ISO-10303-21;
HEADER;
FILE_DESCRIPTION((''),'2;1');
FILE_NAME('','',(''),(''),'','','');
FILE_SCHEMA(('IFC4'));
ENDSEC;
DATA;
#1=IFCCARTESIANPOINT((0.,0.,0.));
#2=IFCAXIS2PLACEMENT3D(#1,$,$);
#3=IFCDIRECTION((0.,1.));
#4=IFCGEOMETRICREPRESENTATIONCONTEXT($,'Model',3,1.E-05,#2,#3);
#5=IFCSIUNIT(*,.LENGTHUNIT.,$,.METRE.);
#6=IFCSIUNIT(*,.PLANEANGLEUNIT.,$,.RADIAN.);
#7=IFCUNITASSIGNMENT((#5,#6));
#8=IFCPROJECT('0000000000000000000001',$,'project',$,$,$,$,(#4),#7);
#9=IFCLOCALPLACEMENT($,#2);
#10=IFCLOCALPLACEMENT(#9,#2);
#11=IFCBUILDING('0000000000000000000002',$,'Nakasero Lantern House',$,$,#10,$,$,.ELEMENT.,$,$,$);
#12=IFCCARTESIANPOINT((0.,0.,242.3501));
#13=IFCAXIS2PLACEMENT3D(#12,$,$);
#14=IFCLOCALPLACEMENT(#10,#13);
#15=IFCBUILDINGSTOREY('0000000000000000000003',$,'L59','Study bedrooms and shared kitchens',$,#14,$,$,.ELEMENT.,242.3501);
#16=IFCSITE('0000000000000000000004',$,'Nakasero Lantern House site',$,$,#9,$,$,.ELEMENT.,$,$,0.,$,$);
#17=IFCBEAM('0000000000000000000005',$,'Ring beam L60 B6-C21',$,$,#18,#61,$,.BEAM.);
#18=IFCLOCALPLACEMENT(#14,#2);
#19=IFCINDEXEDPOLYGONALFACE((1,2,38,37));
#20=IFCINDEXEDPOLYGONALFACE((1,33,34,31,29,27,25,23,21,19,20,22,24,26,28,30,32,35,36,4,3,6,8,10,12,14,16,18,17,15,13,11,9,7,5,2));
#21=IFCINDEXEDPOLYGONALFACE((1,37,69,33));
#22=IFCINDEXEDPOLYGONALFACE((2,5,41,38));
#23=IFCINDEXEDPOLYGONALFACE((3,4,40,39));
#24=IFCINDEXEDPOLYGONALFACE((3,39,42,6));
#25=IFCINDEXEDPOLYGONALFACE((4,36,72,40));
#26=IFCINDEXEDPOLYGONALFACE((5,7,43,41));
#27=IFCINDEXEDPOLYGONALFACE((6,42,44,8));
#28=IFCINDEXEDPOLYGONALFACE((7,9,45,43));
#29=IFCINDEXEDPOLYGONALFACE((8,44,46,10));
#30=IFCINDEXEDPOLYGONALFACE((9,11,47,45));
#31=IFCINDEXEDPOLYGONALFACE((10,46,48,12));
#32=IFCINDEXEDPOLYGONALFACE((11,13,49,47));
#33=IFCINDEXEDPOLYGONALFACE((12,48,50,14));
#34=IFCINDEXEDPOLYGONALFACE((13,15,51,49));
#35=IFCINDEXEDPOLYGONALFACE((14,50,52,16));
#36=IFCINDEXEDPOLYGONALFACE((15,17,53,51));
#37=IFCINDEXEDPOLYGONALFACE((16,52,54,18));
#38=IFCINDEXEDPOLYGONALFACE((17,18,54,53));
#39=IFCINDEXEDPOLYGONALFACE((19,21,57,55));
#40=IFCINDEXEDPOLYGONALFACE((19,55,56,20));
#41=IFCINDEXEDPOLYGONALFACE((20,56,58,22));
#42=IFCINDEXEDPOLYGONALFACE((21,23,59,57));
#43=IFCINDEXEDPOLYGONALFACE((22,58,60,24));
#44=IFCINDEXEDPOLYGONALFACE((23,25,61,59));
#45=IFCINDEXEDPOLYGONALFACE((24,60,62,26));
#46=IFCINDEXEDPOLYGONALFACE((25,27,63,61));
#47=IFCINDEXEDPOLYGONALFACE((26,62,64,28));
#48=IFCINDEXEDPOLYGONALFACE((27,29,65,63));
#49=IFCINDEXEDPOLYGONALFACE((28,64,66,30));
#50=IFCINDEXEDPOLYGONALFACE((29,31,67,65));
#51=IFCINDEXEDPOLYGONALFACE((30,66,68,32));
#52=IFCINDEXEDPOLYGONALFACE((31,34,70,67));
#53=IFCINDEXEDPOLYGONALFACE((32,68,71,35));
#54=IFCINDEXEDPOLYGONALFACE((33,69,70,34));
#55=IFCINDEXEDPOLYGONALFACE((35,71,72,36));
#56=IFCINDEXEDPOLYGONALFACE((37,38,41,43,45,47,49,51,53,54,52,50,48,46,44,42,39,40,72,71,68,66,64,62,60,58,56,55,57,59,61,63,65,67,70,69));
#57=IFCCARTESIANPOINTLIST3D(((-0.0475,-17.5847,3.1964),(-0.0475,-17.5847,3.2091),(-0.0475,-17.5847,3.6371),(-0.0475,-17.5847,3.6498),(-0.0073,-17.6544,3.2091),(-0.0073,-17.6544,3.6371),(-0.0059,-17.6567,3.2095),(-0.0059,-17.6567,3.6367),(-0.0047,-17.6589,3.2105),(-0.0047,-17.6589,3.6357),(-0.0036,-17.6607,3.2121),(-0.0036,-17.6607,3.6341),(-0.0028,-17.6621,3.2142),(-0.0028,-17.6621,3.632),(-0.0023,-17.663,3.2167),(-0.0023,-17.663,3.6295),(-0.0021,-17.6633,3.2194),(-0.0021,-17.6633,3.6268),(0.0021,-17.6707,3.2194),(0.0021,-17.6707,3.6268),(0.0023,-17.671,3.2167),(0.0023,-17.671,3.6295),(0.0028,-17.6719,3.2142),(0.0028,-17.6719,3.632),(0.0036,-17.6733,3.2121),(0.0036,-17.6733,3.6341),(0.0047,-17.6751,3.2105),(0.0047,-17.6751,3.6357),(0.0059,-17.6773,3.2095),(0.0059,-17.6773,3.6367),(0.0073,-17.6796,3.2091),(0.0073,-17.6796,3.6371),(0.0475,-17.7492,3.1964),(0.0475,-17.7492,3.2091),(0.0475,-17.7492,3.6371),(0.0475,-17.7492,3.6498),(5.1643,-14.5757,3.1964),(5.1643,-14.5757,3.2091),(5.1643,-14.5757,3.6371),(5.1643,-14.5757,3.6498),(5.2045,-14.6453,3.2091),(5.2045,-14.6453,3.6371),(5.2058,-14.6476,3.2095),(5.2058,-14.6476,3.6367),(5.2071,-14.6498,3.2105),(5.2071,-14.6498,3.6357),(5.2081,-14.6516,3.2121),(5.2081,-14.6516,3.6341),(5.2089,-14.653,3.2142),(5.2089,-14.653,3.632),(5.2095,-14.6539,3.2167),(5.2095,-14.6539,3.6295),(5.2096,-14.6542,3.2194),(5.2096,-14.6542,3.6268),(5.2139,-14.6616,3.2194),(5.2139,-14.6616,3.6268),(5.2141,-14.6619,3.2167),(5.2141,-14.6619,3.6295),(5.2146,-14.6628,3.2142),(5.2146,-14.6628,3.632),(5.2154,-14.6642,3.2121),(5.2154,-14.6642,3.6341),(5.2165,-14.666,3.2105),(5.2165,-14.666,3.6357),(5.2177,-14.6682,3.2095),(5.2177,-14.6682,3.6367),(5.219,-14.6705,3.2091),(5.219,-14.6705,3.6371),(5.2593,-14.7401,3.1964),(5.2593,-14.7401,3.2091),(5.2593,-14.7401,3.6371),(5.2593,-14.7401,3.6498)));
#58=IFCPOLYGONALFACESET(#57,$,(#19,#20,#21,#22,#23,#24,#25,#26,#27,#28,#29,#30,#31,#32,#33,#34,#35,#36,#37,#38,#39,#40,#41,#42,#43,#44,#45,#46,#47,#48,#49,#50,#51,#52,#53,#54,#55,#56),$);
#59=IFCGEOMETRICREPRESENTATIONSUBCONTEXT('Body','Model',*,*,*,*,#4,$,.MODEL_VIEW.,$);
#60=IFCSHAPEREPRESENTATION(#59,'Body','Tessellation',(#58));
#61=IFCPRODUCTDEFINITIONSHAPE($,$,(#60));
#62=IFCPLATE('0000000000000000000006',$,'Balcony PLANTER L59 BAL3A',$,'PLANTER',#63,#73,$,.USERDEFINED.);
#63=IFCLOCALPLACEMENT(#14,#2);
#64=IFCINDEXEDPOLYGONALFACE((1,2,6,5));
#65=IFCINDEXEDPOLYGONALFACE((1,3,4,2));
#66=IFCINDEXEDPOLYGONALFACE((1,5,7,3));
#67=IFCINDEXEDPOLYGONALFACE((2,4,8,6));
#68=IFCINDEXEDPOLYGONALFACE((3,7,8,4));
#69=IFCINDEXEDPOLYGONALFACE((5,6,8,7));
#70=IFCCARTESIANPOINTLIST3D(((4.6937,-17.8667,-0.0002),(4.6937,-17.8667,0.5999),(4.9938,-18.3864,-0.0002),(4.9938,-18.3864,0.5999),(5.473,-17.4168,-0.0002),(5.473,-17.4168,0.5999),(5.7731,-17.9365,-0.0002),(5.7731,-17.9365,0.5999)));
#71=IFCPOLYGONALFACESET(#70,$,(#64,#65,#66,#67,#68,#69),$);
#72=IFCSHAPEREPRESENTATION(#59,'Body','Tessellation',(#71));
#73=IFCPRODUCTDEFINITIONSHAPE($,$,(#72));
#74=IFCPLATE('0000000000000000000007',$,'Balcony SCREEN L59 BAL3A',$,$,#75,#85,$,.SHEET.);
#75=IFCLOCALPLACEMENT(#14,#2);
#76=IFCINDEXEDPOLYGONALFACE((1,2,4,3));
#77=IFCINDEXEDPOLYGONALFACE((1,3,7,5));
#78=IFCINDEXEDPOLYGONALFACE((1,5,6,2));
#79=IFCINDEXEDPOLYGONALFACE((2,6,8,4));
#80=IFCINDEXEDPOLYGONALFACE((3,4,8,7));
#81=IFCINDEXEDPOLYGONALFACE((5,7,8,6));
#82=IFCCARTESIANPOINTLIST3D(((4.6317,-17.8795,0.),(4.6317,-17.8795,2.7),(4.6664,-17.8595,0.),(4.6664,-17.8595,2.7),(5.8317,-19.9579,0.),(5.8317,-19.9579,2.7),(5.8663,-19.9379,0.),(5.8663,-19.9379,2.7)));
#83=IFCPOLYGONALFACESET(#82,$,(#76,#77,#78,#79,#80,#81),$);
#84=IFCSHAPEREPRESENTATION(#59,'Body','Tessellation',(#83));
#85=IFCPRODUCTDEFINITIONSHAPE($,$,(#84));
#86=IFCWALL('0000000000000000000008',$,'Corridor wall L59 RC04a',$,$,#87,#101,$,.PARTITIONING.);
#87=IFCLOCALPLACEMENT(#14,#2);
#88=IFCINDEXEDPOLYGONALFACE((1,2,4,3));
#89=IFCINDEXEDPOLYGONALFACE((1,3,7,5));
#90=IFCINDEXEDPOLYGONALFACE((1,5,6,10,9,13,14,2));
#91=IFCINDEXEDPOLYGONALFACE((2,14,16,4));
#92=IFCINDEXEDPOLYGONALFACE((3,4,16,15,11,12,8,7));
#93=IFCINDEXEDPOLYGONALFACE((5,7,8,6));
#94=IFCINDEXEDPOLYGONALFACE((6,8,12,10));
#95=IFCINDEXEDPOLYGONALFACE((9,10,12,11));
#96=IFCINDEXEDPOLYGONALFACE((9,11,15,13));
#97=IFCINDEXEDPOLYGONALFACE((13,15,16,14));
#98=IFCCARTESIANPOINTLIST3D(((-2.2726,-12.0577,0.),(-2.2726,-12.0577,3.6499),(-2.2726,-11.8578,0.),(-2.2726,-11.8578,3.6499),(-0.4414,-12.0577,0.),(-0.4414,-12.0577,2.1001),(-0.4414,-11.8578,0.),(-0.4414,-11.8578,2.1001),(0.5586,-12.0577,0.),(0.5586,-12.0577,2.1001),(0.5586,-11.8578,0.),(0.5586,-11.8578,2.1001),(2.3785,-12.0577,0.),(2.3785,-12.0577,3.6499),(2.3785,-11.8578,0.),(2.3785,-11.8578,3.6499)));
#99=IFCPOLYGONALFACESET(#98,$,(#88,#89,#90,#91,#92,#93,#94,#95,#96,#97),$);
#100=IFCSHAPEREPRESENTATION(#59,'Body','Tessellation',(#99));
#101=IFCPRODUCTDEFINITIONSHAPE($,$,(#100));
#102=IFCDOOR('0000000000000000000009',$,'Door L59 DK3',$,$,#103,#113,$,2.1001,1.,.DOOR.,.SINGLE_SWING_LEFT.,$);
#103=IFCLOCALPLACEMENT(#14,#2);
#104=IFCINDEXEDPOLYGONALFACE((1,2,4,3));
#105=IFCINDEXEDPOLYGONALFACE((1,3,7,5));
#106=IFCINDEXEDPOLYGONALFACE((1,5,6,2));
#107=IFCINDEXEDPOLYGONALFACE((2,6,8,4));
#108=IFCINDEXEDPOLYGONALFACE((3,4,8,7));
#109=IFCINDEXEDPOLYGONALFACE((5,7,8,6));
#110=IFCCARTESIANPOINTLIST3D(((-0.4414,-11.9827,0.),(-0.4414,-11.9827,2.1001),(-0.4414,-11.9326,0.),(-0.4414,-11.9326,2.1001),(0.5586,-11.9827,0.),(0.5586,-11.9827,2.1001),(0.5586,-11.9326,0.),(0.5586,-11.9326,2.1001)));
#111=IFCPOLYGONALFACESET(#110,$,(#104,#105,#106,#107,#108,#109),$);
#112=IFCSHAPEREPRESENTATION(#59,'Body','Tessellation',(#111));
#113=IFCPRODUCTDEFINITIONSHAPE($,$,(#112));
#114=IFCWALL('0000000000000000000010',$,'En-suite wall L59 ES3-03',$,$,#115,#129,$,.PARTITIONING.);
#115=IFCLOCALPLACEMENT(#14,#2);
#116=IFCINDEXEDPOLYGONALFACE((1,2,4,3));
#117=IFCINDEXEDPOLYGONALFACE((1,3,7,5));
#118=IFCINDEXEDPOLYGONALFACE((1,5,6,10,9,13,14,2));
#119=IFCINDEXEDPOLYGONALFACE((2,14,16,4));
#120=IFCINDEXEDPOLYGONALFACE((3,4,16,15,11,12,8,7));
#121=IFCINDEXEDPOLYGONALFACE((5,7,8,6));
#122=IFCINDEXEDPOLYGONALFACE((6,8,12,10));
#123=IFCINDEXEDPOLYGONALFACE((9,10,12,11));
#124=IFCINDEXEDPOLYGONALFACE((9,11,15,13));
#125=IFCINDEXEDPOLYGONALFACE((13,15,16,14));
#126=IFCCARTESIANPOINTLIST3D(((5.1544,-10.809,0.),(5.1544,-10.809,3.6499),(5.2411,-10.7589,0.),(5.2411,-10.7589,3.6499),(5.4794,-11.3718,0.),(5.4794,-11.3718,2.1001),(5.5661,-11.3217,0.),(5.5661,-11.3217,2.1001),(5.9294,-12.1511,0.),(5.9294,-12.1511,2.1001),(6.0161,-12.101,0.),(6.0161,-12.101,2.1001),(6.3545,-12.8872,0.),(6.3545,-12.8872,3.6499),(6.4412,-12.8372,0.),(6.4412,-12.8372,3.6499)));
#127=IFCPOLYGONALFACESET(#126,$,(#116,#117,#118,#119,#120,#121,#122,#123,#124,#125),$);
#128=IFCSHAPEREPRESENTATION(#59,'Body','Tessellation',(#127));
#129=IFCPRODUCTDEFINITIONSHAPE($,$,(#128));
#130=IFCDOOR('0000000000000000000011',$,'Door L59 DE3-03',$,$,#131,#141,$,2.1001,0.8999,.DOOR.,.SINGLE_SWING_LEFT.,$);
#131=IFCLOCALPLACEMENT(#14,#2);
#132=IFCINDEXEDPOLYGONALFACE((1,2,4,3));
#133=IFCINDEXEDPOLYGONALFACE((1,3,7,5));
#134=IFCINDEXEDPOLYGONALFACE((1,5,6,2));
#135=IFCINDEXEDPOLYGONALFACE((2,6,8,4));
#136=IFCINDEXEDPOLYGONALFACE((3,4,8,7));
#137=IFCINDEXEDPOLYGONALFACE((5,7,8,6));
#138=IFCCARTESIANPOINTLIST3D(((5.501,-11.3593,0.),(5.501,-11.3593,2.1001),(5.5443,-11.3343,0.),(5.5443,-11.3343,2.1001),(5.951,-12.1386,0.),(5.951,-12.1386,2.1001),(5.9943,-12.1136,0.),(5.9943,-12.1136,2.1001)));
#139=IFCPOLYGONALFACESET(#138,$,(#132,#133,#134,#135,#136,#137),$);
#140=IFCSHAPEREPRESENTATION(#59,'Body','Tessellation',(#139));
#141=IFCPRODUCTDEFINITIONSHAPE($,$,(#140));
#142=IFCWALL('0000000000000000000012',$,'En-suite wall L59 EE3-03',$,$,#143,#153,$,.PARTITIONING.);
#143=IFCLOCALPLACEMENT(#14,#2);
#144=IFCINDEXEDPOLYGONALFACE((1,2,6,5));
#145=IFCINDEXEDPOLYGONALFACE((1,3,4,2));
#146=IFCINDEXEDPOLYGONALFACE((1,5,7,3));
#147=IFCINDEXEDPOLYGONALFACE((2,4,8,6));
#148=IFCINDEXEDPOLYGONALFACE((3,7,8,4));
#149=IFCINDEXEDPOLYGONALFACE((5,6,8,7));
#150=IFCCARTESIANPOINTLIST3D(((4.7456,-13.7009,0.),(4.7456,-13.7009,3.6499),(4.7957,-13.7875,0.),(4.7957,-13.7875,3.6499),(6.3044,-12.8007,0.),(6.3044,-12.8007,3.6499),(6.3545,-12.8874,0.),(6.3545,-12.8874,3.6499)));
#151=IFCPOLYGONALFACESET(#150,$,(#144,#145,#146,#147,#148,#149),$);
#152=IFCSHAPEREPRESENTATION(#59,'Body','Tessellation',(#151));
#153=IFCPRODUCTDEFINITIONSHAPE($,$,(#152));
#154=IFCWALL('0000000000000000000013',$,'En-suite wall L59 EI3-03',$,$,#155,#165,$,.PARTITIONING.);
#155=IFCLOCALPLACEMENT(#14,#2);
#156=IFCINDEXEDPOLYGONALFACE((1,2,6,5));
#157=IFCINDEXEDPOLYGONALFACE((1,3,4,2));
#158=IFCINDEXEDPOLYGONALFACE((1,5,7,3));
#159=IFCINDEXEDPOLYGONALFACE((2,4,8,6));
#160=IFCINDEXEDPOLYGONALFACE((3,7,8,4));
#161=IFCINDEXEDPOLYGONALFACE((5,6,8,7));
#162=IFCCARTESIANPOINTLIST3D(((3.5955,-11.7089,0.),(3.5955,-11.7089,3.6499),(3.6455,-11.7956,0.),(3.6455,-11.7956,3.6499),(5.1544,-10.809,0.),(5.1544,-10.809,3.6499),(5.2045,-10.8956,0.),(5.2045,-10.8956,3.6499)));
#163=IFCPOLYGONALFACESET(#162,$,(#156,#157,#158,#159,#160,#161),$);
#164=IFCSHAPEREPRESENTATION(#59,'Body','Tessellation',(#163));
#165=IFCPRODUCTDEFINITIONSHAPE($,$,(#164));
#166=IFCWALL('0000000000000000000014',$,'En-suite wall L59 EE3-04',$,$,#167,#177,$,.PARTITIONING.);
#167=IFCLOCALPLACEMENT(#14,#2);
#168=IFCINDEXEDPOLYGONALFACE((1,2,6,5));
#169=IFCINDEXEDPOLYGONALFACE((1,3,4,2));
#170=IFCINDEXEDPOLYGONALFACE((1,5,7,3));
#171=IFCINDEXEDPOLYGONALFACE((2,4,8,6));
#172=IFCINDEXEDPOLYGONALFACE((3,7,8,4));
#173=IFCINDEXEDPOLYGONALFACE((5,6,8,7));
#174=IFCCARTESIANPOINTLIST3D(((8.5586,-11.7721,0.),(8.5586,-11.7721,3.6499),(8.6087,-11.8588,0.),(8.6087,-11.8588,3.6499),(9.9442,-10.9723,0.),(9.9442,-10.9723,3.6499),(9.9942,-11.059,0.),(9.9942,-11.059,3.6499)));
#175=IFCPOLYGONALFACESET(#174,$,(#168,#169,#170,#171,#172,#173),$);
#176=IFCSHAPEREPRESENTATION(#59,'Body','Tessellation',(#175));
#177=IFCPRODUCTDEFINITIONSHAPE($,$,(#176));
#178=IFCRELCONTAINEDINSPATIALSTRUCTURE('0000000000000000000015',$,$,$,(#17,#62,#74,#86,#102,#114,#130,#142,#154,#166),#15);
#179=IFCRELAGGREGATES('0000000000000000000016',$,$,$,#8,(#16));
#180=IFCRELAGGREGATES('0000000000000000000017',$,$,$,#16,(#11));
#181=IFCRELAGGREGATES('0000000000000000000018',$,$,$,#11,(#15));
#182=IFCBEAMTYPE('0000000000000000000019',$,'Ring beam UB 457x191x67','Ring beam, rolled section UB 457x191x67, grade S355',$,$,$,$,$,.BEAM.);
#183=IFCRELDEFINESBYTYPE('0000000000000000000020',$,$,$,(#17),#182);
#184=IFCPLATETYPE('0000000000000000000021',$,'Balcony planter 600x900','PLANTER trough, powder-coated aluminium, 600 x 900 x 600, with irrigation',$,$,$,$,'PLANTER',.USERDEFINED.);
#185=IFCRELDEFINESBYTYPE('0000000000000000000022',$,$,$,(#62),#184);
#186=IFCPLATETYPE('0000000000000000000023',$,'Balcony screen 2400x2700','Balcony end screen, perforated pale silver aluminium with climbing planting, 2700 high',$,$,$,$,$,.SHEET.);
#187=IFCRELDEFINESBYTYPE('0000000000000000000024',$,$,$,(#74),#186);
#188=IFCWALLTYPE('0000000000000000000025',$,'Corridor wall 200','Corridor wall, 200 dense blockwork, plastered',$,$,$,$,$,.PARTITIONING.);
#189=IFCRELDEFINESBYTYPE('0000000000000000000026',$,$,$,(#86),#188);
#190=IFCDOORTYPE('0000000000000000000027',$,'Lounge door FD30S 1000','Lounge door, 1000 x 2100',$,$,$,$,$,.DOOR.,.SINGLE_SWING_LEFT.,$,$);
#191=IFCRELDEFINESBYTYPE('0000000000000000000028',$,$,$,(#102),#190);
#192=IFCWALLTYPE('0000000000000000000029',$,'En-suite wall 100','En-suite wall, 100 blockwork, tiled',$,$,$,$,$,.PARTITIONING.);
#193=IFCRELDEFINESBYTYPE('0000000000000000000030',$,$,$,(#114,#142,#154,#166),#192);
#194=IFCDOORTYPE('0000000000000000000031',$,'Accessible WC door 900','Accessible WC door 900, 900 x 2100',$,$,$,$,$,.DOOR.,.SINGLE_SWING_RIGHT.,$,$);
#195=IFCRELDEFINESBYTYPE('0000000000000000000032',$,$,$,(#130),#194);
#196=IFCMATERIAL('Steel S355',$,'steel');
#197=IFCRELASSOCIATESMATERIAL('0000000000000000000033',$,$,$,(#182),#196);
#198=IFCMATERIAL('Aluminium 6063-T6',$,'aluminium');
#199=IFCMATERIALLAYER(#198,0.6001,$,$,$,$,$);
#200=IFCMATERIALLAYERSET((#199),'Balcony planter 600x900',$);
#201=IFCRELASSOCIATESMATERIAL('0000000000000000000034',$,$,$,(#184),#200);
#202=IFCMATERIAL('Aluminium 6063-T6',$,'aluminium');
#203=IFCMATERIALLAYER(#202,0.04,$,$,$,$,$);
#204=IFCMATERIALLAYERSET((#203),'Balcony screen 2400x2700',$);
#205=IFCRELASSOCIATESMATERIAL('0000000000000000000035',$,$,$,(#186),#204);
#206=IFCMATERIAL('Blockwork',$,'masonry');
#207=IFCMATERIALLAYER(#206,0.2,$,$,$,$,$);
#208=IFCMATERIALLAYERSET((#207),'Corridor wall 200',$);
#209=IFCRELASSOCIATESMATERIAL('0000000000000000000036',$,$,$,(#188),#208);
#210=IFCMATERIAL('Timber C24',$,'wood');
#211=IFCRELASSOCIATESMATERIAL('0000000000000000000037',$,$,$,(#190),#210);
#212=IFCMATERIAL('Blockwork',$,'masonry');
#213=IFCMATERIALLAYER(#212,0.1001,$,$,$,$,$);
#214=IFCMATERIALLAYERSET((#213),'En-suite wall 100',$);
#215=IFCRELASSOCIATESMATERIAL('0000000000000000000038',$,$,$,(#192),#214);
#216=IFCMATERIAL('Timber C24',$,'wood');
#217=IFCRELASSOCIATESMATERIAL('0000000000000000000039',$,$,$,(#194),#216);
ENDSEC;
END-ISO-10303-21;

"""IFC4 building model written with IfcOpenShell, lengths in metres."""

from ifc_helpers import new_model, si_unit, direction, frame, frame_2d, origin, origin_2d, place, context, subcontext, project, spatial, rectangle, i_section, extrude, material, layer, layer_set, material_profile, profile_set, type_object, element, fill, save


model = new_model("IFC4")

# Units and contexts
model_context = context("Model", 3, precision=1e-05, world=origin(), true_north=direction((0.0, 1.0)))
body_context = subcontext(model_context, "Body", "Model", "MODEL_VIEW")
ifc_project = project(units=[si_unit("LENGTHUNIT", "METRE"), si_unit("PLANEANGLEUNIT", "RADIAN")], contexts=[model_context])

# Site, building, storey
site_placement = place(None, origin())
site = spatial("IfcSite", under=ifc_project, at=site_placement, Name="Nakasero Lantern House site", CompositionType="ELEMENT", RefElevation=0.0)
building_placement = place(site_placement, origin())
building = spatial("IfcBuilding", under=site, at=building_placement, Name="Nakasero Lantern House", CompositionType="ELEMENT")
storey_placement = place(building_placement, frame((0.0, 0.0, 242.3501)))
storey = spatial("IfcBuildingStorey", under=building, at=storey_placement, Name="L59", Description="Study bedrooms and shared kitchens", CompositionType="ELEMENT", Elevation=242.3501)

# Beam
ifc_material_1 = material(Name="Steel S355", Category="steel")
ifc_material_profile_1 = material_profile(ifc_material_1, i_section(OverallWidth=0.1899, OverallDepth=0.4534, WebThickness=0.0085, FlangeThickness=0.0127, FilletRadius=0.0103, at=origin_2d()), Name="UB 457x191x67")
ifc_profile_set_1 = profile_set([ifc_material_profile_1], Name="Steel S355")
beam_type_1 = type_object("IfcBeamType", Name="Ring beam UB 457x191x67", Description="Ring beam, rolled section UB 457x191x67, grade S355", PredefinedType="BEAM", material=ifc_profile_set_1)
beam_1_placement = place(storey_placement, frame((0.0, -17.667, 3.4231), z_axis=(0.86602, 0.500009, 0.0), x_axis=(-0.500009, 0.86602, 0.0)))
element("IfcBeam", 1, at=beam_1_placement, inside=storey, type_object=beam_type_1, Name="Ring beam L60 B6-C21", PredefinedType="BEAM", context=body_context, shape_type="SweptSolid", body=[
    extrude(i_section(OverallWidth=0.1899, OverallDepth=0.4534, WebThickness=0.0085, FlangeThickness=0.0127, FilletRadius=0.0103, at=origin_2d()), origin(), (0.0, 0.0, 1.0), 6.0181),
])

# Plates
ifc_material_2 = material(Name="Aluminium 6063-T6", Category="aluminium")
ifc_layer_1 = layer(ifc_material_2, 0.6001)
ifc_layer_set_1 = layer_set([ifc_layer_1], Name="Balcony planter 600x900")
plate_type_1 = type_object("IfcPlateType", Name="Balcony planter 600x900", Description="PLANTER trough, powder-coated aluminium, 600 x 900 x 600, with irrigation", ElementType="PLANTER", PredefinedType="USERDEFINED", material=ifc_layer_set_1)
plate_1_placement = place(storey_placement, frame((5.2334, -17.9016, -0.0002), z_axis=(0.0, 0.0, 1.0), x_axis=(0.5, -0.866025, 0.0)))
element("IfcPlate", 2, at=plate_1_placement, inside=storey, type_object=plate_type_1, Name="Balcony PLANTER L59 BAL3A", ObjectType="PLANTER", PredefinedType="USERDEFINED", context=body_context, shape_type="SweptSolid", body=[
    extrude(rectangle(XDim=0.6001, YDim=0.8999, at=origin_2d()), origin(), (0.0, 0.0, 1.0), 0.6001),
])
ifc_material_3 = material(Name="Aluminium 6063-T6", Category="aluminium")
ifc_layer_2 = layer(ifc_material_3, 0.04)
ifc_layer_set_2 = layer_set([ifc_layer_2], Name="Balcony screen 2400x2700")
plate_type_2 = type_object("IfcPlateType", Name="Balcony screen 2400x2700", Description="Balcony end screen, perforated pale silver aluminium with climbing planting, 2700 high", PredefinedType="SHEET", material=ifc_layer_set_2)
plate_2_placement = place(storey_placement, frame((5.249, -18.9087, 0.0), z_axis=(0.0, 0.0, 1.0), x_axis=(0.5, -0.866025, 0.0)))
element("IfcPlate", 3, at=plate_2_placement, inside=storey, type_object=plate_type_2, Name="Balcony SCREEN L59 BAL3A", PredefinedType="SHEET", context=body_context, shape_type="SweptSolid", body=[
    extrude(rectangle(XDim=2.3999, YDim=0.04, at=origin_2d()), origin(), (0.0, 0.0, 1.0), 2.7),
])

# Walls, openings, doors
ifc_material_4 = material(Name="Blockwork", Category="masonry")
ifc_layer_3 = layer(ifc_material_4, 0.2)
ifc_layer_set_3 = layer_set([ifc_layer_3], Name="Corridor wall 200")
wall_type_1 = type_object("IfcWallType", Name="Corridor wall 200", Description="Corridor wall, 200 dense blockwork, plastered", PredefinedType="PARTITIONING", material=ifc_layer_set_3)
wall_1_placement = place(storey_placement, frame((2.3787, -11.9578, 0.0), z_axis=(0.0, 0.0, 1.0), x_axis=(-1.0, 0.0, 0.0)))
wall_1 = element("IfcWall", 4, at=wall_1_placement, inside=storey, type_object=wall_type_1, Name="Corridor wall L59 RC04a", PredefinedType="PARTITIONING", context=body_context, shape_type="SweptSolid", body=[
    extrude(rectangle(XDim=4.6511, YDim=0.2, at=frame_2d((2.3257, 0.0))), origin(), (0.0, 0.0, 1.0), 3.6499),
])
opening_1_placement = place(wall_1_placement, frame((1.8201, 0.0, 0.0)))
opening_1 = element("IfcOpeningElement", 5, at=opening_1_placement, cuts=wall_1, PredefinedType="OPENING", context=body_context, shape_type="SweptSolid", body=[
    extrude(rectangle(XDim=1.0, YDim=2.1001, at=frame_2d((0.5, 1.05))), frame((0.0, 0.1199, 0.0), z_axis=(0.0, -1.0, 0.0), x_axis=(1.0, 0.0, 0.0)), (0.0, 0.0, 1.0), 0.24),
])
ifc_material_5 = material(Name="Timber C24", Category="wood")
door_type_1 = type_object("IfcDoorType", Name="Lounge door FD30S 1000", Description="Lounge door, 1000 x 2100", OperationType="SINGLE_SWING_LEFT", PredefinedType="DOOR", material=ifc_material_5)
door_1_placement = place(opening_1_placement, origin())
door_1 = element("IfcDoor", 6, at=door_1_placement, inside=storey, type_object=door_type_1, Name="Door L59 DK3", OperationType="SINGLE_SWING_LEFT", OverallHeight=2.1001, OverallWidth=1.0, PredefinedType="DOOR", context=body_context, shape_type="SweptSolid", body=[
    extrude(rectangle(XDim=1.0, YDim=2.1001, at=frame_2d((0.5, 1.05))), frame((0.0, 0.0249, 0.0), z_axis=(0.0, -1.0, 0.0), x_axis=(1.0, 0.0, 0.0)), (0.0, 0.0, 1.0), 0.05),
])
fill(opening_1, door_1)
ifc_material_6 = material(Name="Blockwork", Category="masonry")
ifc_layer_4 = layer(ifc_material_6, 0.1001)
ifc_layer_set_4 = layer_set([ifc_layer_4], Name="En-suite wall 100")
wall_type_2 = type_object("IfcWallType", Name="En-suite wall 100", Description="En-suite wall, 100 blockwork, tiled", PredefinedType="PARTITIONING", material=ifc_layer_set_4)
wall_2_placement = place(storey_placement, frame((5.1978, -10.7839, 0.0), z_axis=(0.0, 0.0, 1.0), x_axis=(0.500078, -0.865981, 0.0)))
wall_2 = element("IfcWall", 7, at=wall_2_placement, inside=storey, type_object=wall_type_2, Name="En-suite wall L59 ES3-03", PredefinedType="PARTITIONING", context=body_context, shape_type="SweptSolid", body=[
    extrude(rectangle(XDim=2.3999, YDim=0.1001, at=frame_2d((1.2, 0.0))), origin(), (0.0, 0.0, 1.0), 3.6499),
])
opening_2_placement = place(wall_2_placement, frame((0.6499, 0.0, 0.0)))
opening_2 = element("IfcOpeningElement", 8, at=opening_2_placement, cuts=wall_2, PredefinedType="OPENING", context=body_context, shape_type="SweptSolid", body=[
    extrude(rectangle(XDim=0.8999, YDim=2.1001, at=frame_2d((0.45, 1.05))), frame((0.0, 0.0701, 0.0), z_axis=(0.0, -1.0, 0.0), x_axis=(1.0, 0.0, 0.0)), (0.0, 0.0, 1.0), 0.1401),
])
ifc_material_7 = material(Name="Timber C24", Category="wood")
door_type_2 = type_object("IfcDoorType", Name="Accessible WC door 900", Description="Accessible WC door 900, 900 x 2100", OperationType="SINGLE_SWING_RIGHT", PredefinedType="DOOR", material=ifc_material_7)
door_2_placement = place(opening_2_placement, origin())
door_2 = element("IfcDoor", 9, at=door_2_placement, inside=storey, type_object=door_type_2, Name="Door L59 DE3-03", OperationType="SINGLE_SWING_LEFT", OverallHeight=2.1001, OverallWidth=0.8999, PredefinedType="DOOR", context=body_context, shape_type="SweptSolid", body=[
    extrude(rectangle(XDim=0.8999, YDim=2.1001, at=frame_2d((0.45, 1.05))), frame((0.0, 0.0249, 0.0), z_axis=(0.0, -1.0, 0.0), x_axis=(1.0, 0.0, 0.0)), (0.0, 0.0, 1.0), 0.05),
])
fill(opening_2, door_2)

# Walls
for number, where, z_axis, x_axis, name in (
    (10, (4.7708, -13.7441, 0.0), (0.0, 0.0, 1.0), (0.865989, 0.500063, 0.0), "En-suite wall L59 EE3-03"),
    (11, (3.6206, -11.7522, 0.0), (0.0, 0.0, 1.0), (0.866048, 0.499961, 0.0), "En-suite wall L59 EI3-03"),
):
    element("IfcWall", number, at=place(storey_placement, frame(where, z_axis=z_axis, x_axis=x_axis)), inside=storey, type_object=wall_type_2, Name=name, PredefinedType="PARTITIONING", context=body_context, shape_type="SweptSolid", body=[
        extrude(rectangle(XDim=1.8, YDim=0.1001, at=frame_2d((0.8999, 0.0))), origin(), (0.0, 0.0, 1.0), 3.6499),
    ])
wall_3_placement = place(storey_placement, frame((8.5837, -11.8154, 0.0), z_axis=(0.0, 0.0, 1.0), x_axis=(0.866056, 0.499947, 0.0)))
element("IfcWall", 12, at=wall_3_placement, inside=storey, type_object=wall_type_2, Name="En-suite wall L59 EE3-04", PredefinedType="PARTITIONING", context=body_context, shape_type="SweptSolid", body=[
    extrude(rectangle(XDim=1.5999, YDim=0.1001, at=frame_2d((0.7998, 0.0))), origin(), (0.0, 0.0, 1.0), 3.6499),
])

save(model, "model.ifc")
